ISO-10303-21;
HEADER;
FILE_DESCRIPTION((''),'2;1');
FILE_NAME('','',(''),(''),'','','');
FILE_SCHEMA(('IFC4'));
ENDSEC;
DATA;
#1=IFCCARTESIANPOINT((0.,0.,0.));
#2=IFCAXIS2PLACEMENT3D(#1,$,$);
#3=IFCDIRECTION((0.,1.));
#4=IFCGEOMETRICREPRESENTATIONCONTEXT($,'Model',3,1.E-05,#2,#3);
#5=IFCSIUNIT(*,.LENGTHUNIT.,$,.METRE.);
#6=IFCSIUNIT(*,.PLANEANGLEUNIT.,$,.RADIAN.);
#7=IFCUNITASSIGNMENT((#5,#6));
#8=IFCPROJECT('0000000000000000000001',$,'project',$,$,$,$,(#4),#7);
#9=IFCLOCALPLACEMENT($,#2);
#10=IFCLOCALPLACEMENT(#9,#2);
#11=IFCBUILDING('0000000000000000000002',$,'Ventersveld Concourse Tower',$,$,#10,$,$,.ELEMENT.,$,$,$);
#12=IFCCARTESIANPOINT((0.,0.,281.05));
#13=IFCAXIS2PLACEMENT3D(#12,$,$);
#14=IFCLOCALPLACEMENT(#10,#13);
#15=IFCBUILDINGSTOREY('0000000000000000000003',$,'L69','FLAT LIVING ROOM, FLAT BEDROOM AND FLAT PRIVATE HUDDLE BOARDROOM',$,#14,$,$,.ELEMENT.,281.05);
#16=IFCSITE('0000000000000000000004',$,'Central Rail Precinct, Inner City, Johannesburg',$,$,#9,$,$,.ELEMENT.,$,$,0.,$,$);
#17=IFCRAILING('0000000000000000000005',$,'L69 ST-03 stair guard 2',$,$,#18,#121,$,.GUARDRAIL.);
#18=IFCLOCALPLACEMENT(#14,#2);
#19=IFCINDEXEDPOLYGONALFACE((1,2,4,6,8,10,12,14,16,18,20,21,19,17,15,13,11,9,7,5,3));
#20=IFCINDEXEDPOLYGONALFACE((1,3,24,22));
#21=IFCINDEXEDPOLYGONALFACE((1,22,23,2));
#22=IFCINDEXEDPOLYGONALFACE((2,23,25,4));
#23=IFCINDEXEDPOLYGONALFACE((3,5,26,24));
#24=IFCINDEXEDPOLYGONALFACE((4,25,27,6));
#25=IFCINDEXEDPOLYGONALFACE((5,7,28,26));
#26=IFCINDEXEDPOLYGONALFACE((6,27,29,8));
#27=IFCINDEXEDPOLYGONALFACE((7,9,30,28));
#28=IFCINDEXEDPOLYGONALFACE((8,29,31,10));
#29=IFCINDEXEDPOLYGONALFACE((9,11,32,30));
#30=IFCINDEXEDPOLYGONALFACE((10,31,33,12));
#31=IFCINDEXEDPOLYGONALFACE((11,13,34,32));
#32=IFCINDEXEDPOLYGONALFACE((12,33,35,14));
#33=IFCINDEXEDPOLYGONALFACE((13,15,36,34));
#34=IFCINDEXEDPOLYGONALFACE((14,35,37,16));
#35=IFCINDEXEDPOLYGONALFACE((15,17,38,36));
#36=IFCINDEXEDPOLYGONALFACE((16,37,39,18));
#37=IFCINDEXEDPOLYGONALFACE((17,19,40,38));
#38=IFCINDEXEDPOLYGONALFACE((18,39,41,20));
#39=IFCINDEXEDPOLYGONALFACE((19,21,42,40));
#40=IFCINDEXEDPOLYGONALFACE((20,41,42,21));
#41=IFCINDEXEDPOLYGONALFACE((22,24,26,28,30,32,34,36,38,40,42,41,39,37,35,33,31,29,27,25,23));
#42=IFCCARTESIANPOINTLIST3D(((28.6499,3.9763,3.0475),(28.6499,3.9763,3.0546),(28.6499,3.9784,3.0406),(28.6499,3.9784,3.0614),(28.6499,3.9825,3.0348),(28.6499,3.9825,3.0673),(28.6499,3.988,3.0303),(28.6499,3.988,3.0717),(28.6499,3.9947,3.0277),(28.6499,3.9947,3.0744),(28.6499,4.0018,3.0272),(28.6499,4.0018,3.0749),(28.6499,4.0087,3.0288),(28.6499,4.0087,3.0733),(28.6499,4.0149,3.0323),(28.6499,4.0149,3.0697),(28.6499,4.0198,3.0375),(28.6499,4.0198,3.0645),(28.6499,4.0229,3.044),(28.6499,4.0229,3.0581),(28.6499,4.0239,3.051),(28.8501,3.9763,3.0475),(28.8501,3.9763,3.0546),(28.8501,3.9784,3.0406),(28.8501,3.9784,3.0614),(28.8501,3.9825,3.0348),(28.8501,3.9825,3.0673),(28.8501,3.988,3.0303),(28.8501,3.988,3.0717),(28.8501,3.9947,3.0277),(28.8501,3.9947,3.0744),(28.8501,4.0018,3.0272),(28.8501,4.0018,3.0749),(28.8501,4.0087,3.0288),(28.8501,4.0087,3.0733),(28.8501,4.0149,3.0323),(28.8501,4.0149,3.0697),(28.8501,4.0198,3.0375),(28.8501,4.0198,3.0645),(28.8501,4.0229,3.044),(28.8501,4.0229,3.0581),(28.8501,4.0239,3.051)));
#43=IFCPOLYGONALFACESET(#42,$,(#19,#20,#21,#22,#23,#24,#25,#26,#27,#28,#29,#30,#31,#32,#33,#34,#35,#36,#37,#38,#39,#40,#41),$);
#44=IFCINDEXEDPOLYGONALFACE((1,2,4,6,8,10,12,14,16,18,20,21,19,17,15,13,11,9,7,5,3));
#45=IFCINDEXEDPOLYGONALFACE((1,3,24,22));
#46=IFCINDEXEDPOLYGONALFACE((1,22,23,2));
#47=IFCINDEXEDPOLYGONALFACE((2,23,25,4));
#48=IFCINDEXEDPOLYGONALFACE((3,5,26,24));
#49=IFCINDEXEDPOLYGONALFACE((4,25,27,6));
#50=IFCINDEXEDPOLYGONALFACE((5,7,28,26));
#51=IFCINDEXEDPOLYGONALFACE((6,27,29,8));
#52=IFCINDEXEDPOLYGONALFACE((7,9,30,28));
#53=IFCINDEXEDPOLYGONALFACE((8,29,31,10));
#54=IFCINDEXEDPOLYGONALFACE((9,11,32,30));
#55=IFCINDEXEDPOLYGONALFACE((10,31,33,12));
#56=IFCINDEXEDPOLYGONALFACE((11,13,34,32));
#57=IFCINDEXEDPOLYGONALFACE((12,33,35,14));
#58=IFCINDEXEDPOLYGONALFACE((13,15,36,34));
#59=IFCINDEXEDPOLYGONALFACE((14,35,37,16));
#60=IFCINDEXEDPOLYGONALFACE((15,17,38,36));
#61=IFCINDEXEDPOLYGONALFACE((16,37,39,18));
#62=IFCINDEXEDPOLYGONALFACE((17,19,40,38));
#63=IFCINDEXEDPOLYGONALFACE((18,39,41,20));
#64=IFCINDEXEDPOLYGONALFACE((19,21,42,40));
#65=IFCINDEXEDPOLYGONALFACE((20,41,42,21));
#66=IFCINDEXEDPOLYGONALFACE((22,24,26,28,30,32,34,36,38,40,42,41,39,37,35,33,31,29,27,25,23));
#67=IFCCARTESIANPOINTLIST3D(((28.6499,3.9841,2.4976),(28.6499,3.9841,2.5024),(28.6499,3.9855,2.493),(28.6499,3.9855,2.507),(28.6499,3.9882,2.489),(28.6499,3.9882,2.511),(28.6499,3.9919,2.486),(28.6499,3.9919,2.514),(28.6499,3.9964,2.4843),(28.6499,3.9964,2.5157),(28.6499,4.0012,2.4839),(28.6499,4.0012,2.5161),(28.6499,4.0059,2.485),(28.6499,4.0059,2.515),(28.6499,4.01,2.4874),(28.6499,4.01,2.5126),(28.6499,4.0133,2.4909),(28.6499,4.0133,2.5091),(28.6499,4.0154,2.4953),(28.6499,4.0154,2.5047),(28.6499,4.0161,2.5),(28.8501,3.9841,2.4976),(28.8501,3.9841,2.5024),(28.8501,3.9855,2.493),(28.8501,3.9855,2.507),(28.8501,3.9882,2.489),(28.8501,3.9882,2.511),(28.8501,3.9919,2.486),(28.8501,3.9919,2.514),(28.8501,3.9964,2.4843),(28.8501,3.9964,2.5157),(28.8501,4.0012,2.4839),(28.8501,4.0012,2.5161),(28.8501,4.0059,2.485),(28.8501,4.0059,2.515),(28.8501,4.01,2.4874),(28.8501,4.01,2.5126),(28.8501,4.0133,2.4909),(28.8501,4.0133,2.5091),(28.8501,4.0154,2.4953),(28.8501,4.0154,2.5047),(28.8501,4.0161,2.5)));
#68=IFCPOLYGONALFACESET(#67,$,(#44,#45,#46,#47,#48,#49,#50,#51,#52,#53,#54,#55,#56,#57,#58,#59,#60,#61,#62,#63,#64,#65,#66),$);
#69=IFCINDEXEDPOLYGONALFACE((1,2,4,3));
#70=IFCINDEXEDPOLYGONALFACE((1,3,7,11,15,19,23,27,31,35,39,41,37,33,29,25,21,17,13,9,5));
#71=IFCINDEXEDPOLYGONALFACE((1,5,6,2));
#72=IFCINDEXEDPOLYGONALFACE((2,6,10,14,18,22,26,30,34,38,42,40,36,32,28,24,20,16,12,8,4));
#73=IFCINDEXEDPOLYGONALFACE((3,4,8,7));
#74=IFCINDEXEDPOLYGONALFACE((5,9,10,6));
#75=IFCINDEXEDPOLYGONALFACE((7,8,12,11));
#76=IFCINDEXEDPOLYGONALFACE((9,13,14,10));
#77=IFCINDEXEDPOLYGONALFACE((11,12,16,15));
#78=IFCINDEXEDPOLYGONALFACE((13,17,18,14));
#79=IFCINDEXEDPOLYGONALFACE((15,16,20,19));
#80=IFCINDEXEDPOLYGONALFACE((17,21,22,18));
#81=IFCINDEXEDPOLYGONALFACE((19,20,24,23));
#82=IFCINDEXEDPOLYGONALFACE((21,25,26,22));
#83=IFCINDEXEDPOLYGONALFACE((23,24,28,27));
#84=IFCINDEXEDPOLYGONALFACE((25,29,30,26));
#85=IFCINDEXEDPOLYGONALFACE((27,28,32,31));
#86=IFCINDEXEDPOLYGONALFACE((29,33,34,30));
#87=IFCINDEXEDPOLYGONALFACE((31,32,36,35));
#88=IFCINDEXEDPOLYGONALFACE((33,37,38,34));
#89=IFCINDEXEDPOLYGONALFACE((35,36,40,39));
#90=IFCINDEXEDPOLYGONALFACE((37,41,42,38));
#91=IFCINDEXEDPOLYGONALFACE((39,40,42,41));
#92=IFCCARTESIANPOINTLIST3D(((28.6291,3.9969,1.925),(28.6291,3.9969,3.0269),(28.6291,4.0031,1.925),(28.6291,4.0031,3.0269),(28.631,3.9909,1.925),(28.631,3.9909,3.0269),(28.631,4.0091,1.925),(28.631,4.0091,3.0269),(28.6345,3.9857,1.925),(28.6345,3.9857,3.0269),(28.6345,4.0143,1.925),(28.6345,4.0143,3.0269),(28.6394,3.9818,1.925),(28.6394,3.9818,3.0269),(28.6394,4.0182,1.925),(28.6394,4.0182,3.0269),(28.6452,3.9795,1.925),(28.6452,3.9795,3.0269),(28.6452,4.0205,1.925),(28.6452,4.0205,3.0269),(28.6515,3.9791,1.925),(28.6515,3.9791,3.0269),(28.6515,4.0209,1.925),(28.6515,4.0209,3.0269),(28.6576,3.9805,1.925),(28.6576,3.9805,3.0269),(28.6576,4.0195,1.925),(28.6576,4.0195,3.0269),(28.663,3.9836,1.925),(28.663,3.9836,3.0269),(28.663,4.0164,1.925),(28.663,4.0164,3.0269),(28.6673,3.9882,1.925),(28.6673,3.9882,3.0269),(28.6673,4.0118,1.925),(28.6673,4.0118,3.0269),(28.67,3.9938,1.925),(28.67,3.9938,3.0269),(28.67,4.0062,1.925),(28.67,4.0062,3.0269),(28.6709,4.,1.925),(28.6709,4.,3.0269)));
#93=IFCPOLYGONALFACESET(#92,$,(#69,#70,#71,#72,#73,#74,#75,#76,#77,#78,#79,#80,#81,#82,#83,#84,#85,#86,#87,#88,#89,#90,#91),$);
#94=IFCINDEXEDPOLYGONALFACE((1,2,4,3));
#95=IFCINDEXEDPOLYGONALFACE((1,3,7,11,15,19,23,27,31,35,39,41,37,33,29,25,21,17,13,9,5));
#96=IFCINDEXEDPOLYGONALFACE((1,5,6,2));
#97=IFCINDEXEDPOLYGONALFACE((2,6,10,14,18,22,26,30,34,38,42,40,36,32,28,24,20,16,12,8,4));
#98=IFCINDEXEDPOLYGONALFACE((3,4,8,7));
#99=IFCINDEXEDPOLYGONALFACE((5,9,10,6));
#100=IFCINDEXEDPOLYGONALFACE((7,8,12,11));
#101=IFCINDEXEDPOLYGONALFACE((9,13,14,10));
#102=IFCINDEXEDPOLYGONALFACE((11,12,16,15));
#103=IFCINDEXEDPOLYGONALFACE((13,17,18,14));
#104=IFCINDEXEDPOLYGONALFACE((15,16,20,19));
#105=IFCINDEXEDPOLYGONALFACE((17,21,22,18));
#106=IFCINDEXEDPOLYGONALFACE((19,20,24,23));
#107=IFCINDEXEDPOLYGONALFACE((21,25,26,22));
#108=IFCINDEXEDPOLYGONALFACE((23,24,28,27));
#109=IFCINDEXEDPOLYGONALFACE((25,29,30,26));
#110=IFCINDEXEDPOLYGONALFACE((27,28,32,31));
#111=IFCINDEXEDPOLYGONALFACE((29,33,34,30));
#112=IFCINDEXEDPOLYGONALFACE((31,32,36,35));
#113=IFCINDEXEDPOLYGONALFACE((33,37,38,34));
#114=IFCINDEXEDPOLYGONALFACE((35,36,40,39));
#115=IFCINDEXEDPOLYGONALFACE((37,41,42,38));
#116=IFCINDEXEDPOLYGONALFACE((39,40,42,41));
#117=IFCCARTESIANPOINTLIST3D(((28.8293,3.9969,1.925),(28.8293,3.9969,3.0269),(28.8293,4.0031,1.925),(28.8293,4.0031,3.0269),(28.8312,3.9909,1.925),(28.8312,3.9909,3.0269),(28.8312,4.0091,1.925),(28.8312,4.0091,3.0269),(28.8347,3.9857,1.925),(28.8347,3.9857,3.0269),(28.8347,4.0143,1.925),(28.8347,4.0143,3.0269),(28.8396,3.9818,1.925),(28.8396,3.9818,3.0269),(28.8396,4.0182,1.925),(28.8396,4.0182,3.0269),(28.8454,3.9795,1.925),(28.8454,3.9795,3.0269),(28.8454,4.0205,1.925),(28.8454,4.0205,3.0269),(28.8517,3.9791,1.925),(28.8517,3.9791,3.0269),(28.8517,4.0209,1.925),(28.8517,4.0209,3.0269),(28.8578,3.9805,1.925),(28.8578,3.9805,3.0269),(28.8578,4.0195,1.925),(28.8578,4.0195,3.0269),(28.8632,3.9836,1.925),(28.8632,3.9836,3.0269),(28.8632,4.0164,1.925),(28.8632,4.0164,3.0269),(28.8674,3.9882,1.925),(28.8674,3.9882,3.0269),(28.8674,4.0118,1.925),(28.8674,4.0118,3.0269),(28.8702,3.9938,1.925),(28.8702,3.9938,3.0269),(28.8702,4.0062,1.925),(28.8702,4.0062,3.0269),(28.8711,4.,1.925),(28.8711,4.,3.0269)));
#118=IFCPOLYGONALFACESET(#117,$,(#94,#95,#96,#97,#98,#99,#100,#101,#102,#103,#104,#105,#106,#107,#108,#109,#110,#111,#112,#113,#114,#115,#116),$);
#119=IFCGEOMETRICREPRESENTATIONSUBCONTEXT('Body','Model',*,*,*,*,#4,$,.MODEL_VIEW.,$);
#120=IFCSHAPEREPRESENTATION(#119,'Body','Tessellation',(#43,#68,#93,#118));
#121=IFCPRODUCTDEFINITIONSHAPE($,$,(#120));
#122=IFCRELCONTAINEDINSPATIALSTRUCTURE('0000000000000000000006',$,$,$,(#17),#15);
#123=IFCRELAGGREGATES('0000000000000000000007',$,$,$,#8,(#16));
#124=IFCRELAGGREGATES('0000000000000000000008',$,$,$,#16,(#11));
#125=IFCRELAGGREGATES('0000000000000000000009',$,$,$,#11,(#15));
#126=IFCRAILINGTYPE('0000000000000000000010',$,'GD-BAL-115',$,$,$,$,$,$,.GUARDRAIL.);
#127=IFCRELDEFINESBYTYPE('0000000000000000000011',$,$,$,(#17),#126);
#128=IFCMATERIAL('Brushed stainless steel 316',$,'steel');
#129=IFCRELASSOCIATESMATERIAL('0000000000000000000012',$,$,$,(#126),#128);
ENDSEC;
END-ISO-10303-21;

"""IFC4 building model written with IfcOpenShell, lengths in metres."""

from ifc_helpers import new_model, si_unit, direction, frame, origin, origin_2d, place, context, subcontext, project, spatial, circle, extrude, material, type_object, element, save


model = new_model("IFC4")

# Units and contexts
model_context = context("Model", 3, precision=1e-05, world=origin(), true_north=direction((0.0, 1.0)))
body_context = subcontext(model_context, "Body", "Model", "MODEL_VIEW")
ifc_project = project(units=[si_unit("LENGTHUNIT", "METRE"), si_unit("PLANEANGLEUNIT", "RADIAN")], contexts=[model_context])

# Site, building, storey
site_placement = place(None, origin())
site = spatial("IfcSite", under=ifc_project, at=site_placement, Name="Central Rail Precinct, Inner City, Johannesburg", CompositionType="ELEMENT", RefElevation=0.0)
building_placement = place(site_placement, origin())
building = spatial("IfcBuilding", under=site, at=building_placement, Name="Ventersveld Concourse Tower", CompositionType="ELEMENT")
storey_placement = place(building_placement, frame((0.0, 0.0, 281.05)))
storey = spatial("IfcBuildingStorey", under=building, at=storey_placement, Name="L69", Description="FLAT LIVING ROOM, FLAT BEDROOM AND FLAT PRIVATE HUDDLE BOARDROOM", CompositionType="ELEMENT", Elevation=281.05)

# Shared definitions
ifc_material_1 = material(Name="Brushed stainless steel 316", Category="steel")

# Railing
railing_type_1 = type_object("IfcRailingType", Name="GD-BAL-115", PredefinedType="GUARDRAIL", material=ifc_material_1)
railing_1_placement = place(storey_placement, frame((28.6499, 4.0, 1.925)))
element("IfcRailing", 1, at=railing_1_placement, inside=storey, type_object=railing_type_1, Name="L69 ST-03 stair guard 2", PredefinedType="GUARDRAIL", context=body_context, shape_type="SweptSolid", body=[
    extrude(circle(Radius=0.0239, at=origin_2d()), frame((0.0, 0.0, 1.126), z_axis=(1.0, 0.0, 0.0), x_axis=(0.0, 1.0, 0.0)), (0.0, 0.0, 1.0), 0.2002),
    extrude(circle(Radius=0.0161, at=origin_2d()), frame((0.0, 0.0, 0.575), z_axis=(1.0, 0.0, 0.0), x_axis=(0.0, 1.0, 0.0)), (0.0, 0.0, 1.0), 0.2002),
    extrude(circle(Radius=0.021, at=origin_2d()), origin(), (0.0, 0.0, 1.0), 1.1018),
    extrude(circle(Radius=0.021, at=origin_2d()), frame((0.2002, 0.0, 0.0)), (0.0, 0.0, 1.0), 1.1018),
])

save(model, "model.ifc")
